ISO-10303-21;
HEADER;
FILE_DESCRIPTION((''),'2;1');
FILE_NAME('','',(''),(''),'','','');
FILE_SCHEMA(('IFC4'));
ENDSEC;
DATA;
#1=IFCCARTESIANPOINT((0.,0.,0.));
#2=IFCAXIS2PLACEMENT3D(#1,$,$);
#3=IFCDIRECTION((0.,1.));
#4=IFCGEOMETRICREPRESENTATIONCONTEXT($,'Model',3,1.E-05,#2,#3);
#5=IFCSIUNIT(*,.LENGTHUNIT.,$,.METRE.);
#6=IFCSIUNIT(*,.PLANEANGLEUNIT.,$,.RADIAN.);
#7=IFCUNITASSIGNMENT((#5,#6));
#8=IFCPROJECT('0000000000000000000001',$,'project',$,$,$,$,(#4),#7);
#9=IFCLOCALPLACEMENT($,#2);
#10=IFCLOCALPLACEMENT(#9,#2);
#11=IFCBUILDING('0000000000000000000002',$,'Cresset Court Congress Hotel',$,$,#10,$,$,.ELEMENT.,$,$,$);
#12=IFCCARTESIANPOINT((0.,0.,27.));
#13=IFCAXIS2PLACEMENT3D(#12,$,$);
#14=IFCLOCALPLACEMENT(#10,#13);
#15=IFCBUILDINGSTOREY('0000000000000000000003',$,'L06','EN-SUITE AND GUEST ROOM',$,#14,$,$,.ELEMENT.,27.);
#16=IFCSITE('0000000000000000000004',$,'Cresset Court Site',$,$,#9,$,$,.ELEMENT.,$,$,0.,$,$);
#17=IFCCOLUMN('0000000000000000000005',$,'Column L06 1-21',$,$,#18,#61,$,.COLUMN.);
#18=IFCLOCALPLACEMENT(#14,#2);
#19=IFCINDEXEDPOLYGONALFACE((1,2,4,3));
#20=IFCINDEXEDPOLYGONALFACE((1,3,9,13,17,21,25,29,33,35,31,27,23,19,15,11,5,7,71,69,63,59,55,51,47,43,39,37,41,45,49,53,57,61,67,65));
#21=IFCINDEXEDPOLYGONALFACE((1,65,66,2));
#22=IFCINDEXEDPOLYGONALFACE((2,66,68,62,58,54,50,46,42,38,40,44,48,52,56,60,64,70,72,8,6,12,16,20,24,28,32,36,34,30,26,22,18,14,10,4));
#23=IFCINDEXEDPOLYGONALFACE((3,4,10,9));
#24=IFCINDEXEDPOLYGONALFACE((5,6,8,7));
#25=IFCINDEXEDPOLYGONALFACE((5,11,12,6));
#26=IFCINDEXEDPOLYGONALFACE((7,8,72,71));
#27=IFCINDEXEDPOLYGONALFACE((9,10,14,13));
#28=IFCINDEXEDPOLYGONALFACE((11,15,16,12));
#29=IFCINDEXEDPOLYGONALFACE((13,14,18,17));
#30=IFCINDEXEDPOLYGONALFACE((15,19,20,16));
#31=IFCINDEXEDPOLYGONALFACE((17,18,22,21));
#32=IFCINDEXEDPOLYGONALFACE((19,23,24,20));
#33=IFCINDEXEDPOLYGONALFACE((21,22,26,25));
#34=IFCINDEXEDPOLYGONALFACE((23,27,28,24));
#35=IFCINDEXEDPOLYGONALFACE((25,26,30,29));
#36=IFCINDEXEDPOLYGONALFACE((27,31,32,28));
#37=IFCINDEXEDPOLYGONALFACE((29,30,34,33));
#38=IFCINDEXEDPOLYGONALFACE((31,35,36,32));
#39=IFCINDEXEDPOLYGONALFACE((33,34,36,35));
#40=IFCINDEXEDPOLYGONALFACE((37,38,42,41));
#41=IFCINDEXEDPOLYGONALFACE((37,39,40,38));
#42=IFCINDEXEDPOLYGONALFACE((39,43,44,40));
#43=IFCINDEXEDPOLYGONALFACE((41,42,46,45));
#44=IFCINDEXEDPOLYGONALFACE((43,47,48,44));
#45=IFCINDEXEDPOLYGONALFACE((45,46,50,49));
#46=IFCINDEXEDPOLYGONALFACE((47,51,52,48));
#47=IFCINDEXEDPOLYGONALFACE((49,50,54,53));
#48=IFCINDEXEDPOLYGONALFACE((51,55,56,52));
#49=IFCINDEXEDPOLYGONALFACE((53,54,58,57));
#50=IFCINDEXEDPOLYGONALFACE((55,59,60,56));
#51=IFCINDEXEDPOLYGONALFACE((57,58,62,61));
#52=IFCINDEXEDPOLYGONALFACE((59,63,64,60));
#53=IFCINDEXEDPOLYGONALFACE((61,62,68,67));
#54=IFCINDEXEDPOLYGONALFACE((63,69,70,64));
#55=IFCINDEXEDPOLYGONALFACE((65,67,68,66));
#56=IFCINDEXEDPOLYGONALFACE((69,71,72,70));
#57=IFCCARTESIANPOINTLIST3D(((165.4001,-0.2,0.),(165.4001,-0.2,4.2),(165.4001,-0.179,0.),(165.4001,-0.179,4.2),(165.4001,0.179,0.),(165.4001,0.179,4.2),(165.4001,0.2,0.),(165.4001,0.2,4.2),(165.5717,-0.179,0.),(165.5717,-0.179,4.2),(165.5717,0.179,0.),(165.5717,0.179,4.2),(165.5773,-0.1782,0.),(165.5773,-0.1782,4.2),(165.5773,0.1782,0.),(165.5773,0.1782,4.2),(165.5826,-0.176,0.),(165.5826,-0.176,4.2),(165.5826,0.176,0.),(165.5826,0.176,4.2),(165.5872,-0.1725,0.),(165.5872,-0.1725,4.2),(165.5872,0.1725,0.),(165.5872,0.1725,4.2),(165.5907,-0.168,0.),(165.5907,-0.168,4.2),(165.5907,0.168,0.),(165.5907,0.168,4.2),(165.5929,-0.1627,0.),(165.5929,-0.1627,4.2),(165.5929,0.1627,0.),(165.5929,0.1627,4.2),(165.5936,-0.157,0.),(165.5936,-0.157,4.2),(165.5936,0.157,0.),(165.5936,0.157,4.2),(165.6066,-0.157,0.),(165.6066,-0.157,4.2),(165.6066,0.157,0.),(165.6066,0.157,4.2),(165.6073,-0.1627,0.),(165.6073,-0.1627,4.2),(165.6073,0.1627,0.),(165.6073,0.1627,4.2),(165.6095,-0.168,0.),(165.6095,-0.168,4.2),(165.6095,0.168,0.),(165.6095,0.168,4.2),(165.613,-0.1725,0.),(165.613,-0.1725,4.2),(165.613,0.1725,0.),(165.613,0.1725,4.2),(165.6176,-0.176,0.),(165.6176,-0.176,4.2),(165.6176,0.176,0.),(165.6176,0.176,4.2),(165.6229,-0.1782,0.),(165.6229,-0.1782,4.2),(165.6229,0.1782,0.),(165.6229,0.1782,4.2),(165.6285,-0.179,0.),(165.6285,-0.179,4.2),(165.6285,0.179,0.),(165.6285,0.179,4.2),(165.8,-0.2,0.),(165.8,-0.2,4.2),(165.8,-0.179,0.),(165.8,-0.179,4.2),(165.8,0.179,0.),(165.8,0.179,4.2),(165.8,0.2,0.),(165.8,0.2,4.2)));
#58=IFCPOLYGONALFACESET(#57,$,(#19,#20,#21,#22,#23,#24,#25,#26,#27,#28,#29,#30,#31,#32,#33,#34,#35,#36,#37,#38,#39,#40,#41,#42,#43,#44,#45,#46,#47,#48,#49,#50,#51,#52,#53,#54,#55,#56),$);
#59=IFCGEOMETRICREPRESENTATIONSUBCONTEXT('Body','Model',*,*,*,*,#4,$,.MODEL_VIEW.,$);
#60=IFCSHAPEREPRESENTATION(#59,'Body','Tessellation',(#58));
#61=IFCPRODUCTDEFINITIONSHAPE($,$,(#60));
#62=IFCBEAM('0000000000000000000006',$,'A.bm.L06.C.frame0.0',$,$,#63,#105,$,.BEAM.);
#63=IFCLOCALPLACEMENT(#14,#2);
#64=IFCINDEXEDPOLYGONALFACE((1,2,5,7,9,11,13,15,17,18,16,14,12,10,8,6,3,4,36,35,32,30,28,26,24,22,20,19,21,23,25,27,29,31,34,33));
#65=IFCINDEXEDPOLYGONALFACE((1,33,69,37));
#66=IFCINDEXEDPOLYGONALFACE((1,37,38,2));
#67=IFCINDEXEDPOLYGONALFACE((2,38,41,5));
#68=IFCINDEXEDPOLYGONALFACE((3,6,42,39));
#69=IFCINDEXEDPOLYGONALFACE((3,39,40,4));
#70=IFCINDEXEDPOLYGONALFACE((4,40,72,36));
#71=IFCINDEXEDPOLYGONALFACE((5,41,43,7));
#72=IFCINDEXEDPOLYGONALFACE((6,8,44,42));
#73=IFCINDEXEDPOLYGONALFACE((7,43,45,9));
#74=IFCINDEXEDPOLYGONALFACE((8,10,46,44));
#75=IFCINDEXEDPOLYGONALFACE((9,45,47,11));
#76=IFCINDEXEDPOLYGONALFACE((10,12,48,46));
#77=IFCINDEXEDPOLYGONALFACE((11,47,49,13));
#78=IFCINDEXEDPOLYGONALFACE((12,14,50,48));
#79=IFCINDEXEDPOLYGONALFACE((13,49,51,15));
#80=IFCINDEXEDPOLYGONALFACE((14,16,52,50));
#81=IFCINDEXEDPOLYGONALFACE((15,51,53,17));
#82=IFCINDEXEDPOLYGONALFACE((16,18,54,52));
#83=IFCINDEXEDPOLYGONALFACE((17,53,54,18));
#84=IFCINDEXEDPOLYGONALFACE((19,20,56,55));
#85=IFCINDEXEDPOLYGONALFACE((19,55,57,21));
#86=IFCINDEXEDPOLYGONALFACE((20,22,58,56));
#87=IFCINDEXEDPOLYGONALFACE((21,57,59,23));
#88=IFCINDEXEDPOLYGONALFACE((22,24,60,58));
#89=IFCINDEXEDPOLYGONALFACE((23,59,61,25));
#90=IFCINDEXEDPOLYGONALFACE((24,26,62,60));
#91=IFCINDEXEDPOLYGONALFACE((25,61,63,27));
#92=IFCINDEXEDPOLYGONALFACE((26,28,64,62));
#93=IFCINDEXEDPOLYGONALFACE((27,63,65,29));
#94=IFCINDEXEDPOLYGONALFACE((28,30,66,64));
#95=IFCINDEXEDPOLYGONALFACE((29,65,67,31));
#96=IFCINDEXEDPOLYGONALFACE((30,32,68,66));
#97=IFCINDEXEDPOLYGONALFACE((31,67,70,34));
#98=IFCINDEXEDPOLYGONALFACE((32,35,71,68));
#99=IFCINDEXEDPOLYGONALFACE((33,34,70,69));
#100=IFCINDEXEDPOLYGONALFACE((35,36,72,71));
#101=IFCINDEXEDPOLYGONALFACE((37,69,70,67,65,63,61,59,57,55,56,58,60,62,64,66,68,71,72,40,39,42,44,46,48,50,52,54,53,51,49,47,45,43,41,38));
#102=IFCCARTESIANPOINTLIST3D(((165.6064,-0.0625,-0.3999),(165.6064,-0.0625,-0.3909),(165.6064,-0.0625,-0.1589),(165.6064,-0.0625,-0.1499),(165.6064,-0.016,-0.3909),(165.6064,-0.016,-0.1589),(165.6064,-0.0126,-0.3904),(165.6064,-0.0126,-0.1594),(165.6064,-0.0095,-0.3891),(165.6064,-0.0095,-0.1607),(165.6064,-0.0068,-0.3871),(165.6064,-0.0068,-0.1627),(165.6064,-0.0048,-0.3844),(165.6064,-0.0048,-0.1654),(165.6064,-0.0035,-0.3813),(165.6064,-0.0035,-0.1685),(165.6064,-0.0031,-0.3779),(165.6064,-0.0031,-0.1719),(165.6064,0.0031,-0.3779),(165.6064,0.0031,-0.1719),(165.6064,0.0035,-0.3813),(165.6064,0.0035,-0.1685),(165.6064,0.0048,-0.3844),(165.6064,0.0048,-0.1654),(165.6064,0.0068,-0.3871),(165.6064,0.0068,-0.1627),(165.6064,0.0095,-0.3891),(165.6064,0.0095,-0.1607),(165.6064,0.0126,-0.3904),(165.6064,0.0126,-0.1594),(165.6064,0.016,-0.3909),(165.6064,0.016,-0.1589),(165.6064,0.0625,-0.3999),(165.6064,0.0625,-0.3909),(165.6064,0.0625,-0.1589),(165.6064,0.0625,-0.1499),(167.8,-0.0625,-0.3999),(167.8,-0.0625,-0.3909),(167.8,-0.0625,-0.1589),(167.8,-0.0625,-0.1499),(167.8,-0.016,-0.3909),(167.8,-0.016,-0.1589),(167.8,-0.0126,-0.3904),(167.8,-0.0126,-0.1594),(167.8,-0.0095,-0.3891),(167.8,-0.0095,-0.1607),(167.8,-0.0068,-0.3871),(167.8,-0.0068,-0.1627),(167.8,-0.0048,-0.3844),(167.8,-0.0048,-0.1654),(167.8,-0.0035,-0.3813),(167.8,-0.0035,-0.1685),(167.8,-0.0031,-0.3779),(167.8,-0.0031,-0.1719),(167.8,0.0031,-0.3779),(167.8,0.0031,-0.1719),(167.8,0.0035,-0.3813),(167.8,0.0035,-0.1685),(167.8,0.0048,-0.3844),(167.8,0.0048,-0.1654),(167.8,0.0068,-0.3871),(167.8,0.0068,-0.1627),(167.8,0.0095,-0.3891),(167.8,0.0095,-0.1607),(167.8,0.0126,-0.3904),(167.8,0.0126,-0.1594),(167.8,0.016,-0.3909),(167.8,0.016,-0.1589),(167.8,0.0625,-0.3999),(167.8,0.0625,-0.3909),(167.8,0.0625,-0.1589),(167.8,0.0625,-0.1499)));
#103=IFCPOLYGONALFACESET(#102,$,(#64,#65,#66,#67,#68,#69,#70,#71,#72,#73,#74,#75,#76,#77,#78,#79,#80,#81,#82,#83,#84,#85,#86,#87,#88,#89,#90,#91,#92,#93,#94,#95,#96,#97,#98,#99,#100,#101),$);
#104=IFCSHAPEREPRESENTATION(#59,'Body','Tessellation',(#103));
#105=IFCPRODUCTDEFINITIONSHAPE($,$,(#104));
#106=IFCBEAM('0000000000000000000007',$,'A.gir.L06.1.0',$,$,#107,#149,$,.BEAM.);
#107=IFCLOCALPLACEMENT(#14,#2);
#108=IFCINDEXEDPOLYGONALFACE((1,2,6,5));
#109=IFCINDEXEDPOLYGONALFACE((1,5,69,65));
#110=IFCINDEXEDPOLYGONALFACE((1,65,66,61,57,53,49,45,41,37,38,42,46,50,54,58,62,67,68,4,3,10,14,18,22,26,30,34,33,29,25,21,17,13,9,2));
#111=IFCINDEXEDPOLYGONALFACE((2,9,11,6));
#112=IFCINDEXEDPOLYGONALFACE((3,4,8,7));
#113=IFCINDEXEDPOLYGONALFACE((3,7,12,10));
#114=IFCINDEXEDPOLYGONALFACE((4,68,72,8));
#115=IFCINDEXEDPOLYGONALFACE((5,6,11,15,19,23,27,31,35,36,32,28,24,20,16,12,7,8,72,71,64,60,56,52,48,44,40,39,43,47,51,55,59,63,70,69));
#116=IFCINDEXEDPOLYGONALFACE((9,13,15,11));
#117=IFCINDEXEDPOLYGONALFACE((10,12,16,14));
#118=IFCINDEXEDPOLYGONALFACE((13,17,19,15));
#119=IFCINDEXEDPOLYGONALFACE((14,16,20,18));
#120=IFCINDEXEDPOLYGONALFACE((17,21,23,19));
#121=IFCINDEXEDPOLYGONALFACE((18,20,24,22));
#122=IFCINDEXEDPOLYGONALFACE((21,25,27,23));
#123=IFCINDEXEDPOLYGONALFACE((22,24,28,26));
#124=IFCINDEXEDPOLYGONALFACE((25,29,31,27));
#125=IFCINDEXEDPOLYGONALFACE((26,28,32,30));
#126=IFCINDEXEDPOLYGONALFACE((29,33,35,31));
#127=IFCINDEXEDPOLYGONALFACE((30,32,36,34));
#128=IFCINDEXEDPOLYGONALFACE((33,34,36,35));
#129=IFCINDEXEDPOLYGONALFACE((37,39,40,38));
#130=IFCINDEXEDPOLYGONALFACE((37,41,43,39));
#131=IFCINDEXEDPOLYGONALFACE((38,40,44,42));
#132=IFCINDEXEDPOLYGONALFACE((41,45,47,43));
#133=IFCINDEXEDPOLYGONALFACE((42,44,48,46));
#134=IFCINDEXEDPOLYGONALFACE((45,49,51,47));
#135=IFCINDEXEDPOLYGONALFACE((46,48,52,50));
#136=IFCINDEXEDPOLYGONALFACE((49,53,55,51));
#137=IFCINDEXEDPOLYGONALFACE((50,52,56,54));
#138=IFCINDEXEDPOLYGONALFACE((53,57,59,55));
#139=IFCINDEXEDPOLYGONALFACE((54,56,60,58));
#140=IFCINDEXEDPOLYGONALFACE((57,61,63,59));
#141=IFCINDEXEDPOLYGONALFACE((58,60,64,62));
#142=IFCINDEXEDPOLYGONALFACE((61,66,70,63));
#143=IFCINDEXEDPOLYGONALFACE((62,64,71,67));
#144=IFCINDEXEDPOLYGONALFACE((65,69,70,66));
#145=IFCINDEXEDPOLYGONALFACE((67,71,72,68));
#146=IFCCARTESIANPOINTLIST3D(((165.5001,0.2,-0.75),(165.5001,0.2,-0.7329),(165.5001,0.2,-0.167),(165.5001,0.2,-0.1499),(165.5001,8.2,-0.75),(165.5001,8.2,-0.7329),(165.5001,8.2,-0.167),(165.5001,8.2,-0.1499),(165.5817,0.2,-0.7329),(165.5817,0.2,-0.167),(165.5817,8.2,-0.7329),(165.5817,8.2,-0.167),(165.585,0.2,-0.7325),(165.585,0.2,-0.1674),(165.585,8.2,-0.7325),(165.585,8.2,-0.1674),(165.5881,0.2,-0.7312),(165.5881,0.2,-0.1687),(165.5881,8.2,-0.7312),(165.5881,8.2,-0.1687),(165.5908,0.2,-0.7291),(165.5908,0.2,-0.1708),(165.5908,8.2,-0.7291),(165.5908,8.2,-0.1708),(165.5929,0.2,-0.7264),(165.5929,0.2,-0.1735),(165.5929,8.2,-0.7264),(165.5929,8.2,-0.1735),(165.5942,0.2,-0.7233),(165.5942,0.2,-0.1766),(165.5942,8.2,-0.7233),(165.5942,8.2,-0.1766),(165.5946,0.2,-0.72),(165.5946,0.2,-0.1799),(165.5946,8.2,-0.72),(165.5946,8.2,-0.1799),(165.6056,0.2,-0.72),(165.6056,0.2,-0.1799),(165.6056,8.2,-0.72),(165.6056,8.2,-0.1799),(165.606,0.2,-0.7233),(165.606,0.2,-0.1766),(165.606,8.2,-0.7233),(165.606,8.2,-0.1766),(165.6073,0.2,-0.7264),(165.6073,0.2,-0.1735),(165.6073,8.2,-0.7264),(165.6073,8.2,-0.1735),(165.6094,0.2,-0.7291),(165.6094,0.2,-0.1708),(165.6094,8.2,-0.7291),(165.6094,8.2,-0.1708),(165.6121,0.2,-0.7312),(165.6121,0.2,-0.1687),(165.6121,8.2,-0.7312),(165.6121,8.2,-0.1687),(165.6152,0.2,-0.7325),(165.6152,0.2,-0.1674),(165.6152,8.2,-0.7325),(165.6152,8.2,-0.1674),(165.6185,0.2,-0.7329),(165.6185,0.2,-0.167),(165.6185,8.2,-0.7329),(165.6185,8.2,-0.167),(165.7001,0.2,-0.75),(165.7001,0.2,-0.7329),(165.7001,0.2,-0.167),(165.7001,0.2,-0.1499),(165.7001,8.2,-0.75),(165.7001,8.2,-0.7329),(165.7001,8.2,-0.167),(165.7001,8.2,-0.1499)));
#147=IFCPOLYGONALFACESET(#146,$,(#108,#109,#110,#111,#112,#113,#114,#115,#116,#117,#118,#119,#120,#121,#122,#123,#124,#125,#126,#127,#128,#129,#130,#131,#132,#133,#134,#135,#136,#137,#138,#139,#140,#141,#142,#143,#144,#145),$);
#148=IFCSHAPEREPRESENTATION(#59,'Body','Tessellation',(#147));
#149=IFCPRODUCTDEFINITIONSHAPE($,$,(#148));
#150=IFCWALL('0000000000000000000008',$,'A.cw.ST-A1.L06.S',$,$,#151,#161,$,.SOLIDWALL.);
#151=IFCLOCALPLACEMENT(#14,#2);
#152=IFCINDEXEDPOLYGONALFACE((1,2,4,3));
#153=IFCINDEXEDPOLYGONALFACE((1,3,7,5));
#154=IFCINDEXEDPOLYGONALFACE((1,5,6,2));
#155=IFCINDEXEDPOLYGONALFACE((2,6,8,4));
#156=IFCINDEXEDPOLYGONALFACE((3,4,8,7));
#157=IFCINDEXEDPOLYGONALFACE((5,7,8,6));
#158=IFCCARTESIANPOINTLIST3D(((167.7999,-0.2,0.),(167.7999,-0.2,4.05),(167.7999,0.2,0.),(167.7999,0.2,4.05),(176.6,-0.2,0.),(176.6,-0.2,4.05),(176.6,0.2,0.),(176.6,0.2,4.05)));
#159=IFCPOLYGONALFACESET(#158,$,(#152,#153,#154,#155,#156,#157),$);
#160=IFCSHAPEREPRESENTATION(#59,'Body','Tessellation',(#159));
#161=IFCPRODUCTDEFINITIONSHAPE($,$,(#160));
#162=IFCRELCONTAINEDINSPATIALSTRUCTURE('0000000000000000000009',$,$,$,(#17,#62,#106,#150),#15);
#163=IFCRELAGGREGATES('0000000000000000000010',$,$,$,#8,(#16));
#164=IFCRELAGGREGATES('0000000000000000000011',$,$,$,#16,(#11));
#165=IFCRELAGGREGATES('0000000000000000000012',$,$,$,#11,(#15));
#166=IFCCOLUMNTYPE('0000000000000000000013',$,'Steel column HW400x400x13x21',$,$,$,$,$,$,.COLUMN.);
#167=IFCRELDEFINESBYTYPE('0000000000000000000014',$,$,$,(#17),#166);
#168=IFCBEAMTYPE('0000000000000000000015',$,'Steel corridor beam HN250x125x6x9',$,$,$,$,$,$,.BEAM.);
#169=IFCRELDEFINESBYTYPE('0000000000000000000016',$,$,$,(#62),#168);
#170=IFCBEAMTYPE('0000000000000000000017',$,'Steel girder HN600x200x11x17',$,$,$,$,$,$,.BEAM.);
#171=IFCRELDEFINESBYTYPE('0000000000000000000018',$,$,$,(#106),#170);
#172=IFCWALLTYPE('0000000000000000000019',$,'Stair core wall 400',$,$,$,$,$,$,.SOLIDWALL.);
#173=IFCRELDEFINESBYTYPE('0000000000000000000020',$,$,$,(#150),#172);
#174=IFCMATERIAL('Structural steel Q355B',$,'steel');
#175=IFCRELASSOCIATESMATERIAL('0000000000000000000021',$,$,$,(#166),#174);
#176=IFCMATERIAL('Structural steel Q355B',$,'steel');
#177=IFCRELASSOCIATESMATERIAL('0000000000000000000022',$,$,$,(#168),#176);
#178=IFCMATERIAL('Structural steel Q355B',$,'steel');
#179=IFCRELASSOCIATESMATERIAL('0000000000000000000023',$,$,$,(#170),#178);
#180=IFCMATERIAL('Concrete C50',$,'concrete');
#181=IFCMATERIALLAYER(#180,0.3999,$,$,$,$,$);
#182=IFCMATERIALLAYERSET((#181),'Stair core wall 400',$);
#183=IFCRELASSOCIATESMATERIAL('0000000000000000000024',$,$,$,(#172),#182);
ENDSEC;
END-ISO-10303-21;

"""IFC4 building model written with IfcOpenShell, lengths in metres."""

from ifc_helpers import new_model, si_unit, direction, frame, frame_2d, origin, origin_2d, place, context, subcontext, project, spatial, rectangle, i_section, extrude, material, layer, layer_set, material_profile, profile_set, type_object, element, save


model = new_model("IFC4")

# Units and contexts
model_context = context("Model", 3, precision=1e-05, world=origin(), true_north=direction((0.0, 1.0)))
body_context = subcontext(model_context, "Body", "Model", "MODEL_VIEW")
ifc_project = project(units=[si_unit("LENGTHUNIT", "METRE"), si_unit("PLANEANGLEUNIT", "RADIAN")], contexts=[model_context])

# Site, building, storey
site_placement = place(None, origin())
site = spatial("IfcSite", under=ifc_project, at=site_placement, Name="Cresset Court Site", CompositionType="ELEMENT", RefElevation=0.0)
building_placement = place(site_placement, origin())
building = spatial("IfcBuilding", under=site, at=building_placement, Name="Cresset Court Congress Hotel", CompositionType="ELEMENT")
storey_placement = place(building_placement, frame((0.0, 0.0, 27.0)))
storey = spatial("IfcBuildingStorey", under=building, at=storey_placement, Name="L06", Description="EN-SUITE AND GUEST ROOM", CompositionType="ELEMENT", Elevation=27.0)

# Column
ifc_material_1 = material(Name="Structural steel Q355B", Category="steel")
ifc_material_profile_1 = material_profile(ifc_material_1, i_section(OverallWidth=0.3999, OverallDepth=0.3999, WebThickness=0.0129, FlangeThickness=0.021, FilletRadius=0.022, at=origin_2d()), Name="HW400x400x13x21")
ifc_profile_set_1 = profile_set([ifc_material_profile_1], Name="Structural steel Q355B")
column_type = type_object("IfcColumnType", Name="Steel column HW400x400x13x21", PredefinedType="COLUMN", material=ifc_profile_set_1)
column_placement = place(storey_placement, frame((165.6001, 0.0, 0.0), z_axis=(0.0, 0.0, 1.0), x_axis=(1.0, 0.0, 0.0)))
element("IfcColumn", 1, at=column_placement, inside=storey, type_object=column_type, Name="Column L06 1-21", PredefinedType="COLUMN", context=body_context, shape_type="SweptSolid", body=[
    extrude(i_section(OverallWidth=0.3999, OverallDepth=0.3999, WebThickness=0.0129, FlangeThickness=0.021, FilletRadius=0.022, at=origin_2d()), origin(), (0.0, 0.0, 1.0), 4.2),
])

# Beams
ifc_material_2 = material(Name="Structural steel Q355B", Category="steel")
ifc_material_profile_2 = material_profile(ifc_material_2, i_section(OverallWidth=0.125, OverallDepth=0.25, WebThickness=0.0061, FlangeThickness=0.009, FilletRadius=0.0129, at=origin_2d()), Name="HN250x125x6x9")
ifc_profile_set_2 = profile_set([ifc_material_profile_2], Name="Structural steel Q355B")
beam_type_1 = type_object("IfcBeamType", Name="Steel corridor beam HN250x125x6x9", PredefinedType="BEAM", material=ifc_profile_set_2)
beam_1_placement = place(storey_placement, frame((165.6064, 0.0, -0.2749), z_axis=(1.0, 0.0, 0.0), x_axis=(0.0, 1.0, 0.0)))
element("IfcBeam", 2, at=beam_1_placement, inside=storey, type_object=beam_type_1, Name="A.bm.L06.C.frame0.0", PredefinedType="BEAM", context=body_context, shape_type="SweptSolid", body=[
    extrude(i_section(OverallWidth=0.125, OverallDepth=0.25, WebThickness=0.0061, FlangeThickness=0.009, FilletRadius=0.0129, at=origin_2d()), origin(), (0.0, 0.0, 1.0), 2.1936),
])
ifc_material_3 = material(Name="Structural steel Q355B", Category="steel")
ifc_material_profile_3 = material_profile(ifc_material_3, i_section(OverallWidth=0.2, OverallDepth=0.6001, WebThickness=0.011, FlangeThickness=0.0171, FilletRadius=0.0129, at=origin_2d()), Name="HN600x200x11x17")
ifc_profile_set_3 = profile_set([ifc_material_profile_3], Name="Structural steel Q355B")
beam_type_2 = type_object("IfcBeamType", Name="Steel girder HN600x200x11x17", PredefinedType="BEAM", material=ifc_profile_set_3)
beam_2_placement = place(storey_placement, frame((165.6001, 0.2, -0.45), z_axis=(0.0, 1.0, 0.0), x_axis=(-1.0, 0.0, 0.0)))
element("IfcBeam", 3, at=beam_2_placement, inside=storey, type_object=beam_type_2, Name="A.gir.L06.1.0", PredefinedType="BEAM", context=body_context, shape_type="SweptSolid", body=[
    extrude(i_section(OverallWidth=0.2, OverallDepth=0.6001, WebThickness=0.011, FlangeThickness=0.0171, FilletRadius=0.0129, at=origin_2d()), origin(), (0.0, 0.0, 1.0), 8.0),
])

# Wall
ifc_material_4 = material(Name="Concrete C50", Category="concrete")
ifc_layer_1 = layer(ifc_material_4, 0.3999)
ifc_layer_set_1 = layer_set([ifc_layer_1], Name="Stair core wall 400")
wall_type_1 = type_object("IfcWallType", Name="Stair core wall 400", PredefinedType="SOLIDWALL", material=ifc_layer_set_1)
wall_1_placement = place(storey_placement, frame((167.8, 0.0, 0.0), z_axis=(0.0, 0.0, 1.0), x_axis=(1.0, 0.0, 0.0)))
element("IfcWall", 4, at=wall_1_placement, inside=storey, type_object=wall_type_1, Name="A.cw.ST-A1.L06.S", PredefinedType="SOLIDWALL", context=body_context, shape_type="SweptSolid", body=[
    extrude(rectangle(XDim=8.8, YDim=0.3999, at=frame_2d((4.3999, 0.0))), origin(), (0.0, 0.0, 1.0), 4.05),
])

save(model, "model.ifc")
